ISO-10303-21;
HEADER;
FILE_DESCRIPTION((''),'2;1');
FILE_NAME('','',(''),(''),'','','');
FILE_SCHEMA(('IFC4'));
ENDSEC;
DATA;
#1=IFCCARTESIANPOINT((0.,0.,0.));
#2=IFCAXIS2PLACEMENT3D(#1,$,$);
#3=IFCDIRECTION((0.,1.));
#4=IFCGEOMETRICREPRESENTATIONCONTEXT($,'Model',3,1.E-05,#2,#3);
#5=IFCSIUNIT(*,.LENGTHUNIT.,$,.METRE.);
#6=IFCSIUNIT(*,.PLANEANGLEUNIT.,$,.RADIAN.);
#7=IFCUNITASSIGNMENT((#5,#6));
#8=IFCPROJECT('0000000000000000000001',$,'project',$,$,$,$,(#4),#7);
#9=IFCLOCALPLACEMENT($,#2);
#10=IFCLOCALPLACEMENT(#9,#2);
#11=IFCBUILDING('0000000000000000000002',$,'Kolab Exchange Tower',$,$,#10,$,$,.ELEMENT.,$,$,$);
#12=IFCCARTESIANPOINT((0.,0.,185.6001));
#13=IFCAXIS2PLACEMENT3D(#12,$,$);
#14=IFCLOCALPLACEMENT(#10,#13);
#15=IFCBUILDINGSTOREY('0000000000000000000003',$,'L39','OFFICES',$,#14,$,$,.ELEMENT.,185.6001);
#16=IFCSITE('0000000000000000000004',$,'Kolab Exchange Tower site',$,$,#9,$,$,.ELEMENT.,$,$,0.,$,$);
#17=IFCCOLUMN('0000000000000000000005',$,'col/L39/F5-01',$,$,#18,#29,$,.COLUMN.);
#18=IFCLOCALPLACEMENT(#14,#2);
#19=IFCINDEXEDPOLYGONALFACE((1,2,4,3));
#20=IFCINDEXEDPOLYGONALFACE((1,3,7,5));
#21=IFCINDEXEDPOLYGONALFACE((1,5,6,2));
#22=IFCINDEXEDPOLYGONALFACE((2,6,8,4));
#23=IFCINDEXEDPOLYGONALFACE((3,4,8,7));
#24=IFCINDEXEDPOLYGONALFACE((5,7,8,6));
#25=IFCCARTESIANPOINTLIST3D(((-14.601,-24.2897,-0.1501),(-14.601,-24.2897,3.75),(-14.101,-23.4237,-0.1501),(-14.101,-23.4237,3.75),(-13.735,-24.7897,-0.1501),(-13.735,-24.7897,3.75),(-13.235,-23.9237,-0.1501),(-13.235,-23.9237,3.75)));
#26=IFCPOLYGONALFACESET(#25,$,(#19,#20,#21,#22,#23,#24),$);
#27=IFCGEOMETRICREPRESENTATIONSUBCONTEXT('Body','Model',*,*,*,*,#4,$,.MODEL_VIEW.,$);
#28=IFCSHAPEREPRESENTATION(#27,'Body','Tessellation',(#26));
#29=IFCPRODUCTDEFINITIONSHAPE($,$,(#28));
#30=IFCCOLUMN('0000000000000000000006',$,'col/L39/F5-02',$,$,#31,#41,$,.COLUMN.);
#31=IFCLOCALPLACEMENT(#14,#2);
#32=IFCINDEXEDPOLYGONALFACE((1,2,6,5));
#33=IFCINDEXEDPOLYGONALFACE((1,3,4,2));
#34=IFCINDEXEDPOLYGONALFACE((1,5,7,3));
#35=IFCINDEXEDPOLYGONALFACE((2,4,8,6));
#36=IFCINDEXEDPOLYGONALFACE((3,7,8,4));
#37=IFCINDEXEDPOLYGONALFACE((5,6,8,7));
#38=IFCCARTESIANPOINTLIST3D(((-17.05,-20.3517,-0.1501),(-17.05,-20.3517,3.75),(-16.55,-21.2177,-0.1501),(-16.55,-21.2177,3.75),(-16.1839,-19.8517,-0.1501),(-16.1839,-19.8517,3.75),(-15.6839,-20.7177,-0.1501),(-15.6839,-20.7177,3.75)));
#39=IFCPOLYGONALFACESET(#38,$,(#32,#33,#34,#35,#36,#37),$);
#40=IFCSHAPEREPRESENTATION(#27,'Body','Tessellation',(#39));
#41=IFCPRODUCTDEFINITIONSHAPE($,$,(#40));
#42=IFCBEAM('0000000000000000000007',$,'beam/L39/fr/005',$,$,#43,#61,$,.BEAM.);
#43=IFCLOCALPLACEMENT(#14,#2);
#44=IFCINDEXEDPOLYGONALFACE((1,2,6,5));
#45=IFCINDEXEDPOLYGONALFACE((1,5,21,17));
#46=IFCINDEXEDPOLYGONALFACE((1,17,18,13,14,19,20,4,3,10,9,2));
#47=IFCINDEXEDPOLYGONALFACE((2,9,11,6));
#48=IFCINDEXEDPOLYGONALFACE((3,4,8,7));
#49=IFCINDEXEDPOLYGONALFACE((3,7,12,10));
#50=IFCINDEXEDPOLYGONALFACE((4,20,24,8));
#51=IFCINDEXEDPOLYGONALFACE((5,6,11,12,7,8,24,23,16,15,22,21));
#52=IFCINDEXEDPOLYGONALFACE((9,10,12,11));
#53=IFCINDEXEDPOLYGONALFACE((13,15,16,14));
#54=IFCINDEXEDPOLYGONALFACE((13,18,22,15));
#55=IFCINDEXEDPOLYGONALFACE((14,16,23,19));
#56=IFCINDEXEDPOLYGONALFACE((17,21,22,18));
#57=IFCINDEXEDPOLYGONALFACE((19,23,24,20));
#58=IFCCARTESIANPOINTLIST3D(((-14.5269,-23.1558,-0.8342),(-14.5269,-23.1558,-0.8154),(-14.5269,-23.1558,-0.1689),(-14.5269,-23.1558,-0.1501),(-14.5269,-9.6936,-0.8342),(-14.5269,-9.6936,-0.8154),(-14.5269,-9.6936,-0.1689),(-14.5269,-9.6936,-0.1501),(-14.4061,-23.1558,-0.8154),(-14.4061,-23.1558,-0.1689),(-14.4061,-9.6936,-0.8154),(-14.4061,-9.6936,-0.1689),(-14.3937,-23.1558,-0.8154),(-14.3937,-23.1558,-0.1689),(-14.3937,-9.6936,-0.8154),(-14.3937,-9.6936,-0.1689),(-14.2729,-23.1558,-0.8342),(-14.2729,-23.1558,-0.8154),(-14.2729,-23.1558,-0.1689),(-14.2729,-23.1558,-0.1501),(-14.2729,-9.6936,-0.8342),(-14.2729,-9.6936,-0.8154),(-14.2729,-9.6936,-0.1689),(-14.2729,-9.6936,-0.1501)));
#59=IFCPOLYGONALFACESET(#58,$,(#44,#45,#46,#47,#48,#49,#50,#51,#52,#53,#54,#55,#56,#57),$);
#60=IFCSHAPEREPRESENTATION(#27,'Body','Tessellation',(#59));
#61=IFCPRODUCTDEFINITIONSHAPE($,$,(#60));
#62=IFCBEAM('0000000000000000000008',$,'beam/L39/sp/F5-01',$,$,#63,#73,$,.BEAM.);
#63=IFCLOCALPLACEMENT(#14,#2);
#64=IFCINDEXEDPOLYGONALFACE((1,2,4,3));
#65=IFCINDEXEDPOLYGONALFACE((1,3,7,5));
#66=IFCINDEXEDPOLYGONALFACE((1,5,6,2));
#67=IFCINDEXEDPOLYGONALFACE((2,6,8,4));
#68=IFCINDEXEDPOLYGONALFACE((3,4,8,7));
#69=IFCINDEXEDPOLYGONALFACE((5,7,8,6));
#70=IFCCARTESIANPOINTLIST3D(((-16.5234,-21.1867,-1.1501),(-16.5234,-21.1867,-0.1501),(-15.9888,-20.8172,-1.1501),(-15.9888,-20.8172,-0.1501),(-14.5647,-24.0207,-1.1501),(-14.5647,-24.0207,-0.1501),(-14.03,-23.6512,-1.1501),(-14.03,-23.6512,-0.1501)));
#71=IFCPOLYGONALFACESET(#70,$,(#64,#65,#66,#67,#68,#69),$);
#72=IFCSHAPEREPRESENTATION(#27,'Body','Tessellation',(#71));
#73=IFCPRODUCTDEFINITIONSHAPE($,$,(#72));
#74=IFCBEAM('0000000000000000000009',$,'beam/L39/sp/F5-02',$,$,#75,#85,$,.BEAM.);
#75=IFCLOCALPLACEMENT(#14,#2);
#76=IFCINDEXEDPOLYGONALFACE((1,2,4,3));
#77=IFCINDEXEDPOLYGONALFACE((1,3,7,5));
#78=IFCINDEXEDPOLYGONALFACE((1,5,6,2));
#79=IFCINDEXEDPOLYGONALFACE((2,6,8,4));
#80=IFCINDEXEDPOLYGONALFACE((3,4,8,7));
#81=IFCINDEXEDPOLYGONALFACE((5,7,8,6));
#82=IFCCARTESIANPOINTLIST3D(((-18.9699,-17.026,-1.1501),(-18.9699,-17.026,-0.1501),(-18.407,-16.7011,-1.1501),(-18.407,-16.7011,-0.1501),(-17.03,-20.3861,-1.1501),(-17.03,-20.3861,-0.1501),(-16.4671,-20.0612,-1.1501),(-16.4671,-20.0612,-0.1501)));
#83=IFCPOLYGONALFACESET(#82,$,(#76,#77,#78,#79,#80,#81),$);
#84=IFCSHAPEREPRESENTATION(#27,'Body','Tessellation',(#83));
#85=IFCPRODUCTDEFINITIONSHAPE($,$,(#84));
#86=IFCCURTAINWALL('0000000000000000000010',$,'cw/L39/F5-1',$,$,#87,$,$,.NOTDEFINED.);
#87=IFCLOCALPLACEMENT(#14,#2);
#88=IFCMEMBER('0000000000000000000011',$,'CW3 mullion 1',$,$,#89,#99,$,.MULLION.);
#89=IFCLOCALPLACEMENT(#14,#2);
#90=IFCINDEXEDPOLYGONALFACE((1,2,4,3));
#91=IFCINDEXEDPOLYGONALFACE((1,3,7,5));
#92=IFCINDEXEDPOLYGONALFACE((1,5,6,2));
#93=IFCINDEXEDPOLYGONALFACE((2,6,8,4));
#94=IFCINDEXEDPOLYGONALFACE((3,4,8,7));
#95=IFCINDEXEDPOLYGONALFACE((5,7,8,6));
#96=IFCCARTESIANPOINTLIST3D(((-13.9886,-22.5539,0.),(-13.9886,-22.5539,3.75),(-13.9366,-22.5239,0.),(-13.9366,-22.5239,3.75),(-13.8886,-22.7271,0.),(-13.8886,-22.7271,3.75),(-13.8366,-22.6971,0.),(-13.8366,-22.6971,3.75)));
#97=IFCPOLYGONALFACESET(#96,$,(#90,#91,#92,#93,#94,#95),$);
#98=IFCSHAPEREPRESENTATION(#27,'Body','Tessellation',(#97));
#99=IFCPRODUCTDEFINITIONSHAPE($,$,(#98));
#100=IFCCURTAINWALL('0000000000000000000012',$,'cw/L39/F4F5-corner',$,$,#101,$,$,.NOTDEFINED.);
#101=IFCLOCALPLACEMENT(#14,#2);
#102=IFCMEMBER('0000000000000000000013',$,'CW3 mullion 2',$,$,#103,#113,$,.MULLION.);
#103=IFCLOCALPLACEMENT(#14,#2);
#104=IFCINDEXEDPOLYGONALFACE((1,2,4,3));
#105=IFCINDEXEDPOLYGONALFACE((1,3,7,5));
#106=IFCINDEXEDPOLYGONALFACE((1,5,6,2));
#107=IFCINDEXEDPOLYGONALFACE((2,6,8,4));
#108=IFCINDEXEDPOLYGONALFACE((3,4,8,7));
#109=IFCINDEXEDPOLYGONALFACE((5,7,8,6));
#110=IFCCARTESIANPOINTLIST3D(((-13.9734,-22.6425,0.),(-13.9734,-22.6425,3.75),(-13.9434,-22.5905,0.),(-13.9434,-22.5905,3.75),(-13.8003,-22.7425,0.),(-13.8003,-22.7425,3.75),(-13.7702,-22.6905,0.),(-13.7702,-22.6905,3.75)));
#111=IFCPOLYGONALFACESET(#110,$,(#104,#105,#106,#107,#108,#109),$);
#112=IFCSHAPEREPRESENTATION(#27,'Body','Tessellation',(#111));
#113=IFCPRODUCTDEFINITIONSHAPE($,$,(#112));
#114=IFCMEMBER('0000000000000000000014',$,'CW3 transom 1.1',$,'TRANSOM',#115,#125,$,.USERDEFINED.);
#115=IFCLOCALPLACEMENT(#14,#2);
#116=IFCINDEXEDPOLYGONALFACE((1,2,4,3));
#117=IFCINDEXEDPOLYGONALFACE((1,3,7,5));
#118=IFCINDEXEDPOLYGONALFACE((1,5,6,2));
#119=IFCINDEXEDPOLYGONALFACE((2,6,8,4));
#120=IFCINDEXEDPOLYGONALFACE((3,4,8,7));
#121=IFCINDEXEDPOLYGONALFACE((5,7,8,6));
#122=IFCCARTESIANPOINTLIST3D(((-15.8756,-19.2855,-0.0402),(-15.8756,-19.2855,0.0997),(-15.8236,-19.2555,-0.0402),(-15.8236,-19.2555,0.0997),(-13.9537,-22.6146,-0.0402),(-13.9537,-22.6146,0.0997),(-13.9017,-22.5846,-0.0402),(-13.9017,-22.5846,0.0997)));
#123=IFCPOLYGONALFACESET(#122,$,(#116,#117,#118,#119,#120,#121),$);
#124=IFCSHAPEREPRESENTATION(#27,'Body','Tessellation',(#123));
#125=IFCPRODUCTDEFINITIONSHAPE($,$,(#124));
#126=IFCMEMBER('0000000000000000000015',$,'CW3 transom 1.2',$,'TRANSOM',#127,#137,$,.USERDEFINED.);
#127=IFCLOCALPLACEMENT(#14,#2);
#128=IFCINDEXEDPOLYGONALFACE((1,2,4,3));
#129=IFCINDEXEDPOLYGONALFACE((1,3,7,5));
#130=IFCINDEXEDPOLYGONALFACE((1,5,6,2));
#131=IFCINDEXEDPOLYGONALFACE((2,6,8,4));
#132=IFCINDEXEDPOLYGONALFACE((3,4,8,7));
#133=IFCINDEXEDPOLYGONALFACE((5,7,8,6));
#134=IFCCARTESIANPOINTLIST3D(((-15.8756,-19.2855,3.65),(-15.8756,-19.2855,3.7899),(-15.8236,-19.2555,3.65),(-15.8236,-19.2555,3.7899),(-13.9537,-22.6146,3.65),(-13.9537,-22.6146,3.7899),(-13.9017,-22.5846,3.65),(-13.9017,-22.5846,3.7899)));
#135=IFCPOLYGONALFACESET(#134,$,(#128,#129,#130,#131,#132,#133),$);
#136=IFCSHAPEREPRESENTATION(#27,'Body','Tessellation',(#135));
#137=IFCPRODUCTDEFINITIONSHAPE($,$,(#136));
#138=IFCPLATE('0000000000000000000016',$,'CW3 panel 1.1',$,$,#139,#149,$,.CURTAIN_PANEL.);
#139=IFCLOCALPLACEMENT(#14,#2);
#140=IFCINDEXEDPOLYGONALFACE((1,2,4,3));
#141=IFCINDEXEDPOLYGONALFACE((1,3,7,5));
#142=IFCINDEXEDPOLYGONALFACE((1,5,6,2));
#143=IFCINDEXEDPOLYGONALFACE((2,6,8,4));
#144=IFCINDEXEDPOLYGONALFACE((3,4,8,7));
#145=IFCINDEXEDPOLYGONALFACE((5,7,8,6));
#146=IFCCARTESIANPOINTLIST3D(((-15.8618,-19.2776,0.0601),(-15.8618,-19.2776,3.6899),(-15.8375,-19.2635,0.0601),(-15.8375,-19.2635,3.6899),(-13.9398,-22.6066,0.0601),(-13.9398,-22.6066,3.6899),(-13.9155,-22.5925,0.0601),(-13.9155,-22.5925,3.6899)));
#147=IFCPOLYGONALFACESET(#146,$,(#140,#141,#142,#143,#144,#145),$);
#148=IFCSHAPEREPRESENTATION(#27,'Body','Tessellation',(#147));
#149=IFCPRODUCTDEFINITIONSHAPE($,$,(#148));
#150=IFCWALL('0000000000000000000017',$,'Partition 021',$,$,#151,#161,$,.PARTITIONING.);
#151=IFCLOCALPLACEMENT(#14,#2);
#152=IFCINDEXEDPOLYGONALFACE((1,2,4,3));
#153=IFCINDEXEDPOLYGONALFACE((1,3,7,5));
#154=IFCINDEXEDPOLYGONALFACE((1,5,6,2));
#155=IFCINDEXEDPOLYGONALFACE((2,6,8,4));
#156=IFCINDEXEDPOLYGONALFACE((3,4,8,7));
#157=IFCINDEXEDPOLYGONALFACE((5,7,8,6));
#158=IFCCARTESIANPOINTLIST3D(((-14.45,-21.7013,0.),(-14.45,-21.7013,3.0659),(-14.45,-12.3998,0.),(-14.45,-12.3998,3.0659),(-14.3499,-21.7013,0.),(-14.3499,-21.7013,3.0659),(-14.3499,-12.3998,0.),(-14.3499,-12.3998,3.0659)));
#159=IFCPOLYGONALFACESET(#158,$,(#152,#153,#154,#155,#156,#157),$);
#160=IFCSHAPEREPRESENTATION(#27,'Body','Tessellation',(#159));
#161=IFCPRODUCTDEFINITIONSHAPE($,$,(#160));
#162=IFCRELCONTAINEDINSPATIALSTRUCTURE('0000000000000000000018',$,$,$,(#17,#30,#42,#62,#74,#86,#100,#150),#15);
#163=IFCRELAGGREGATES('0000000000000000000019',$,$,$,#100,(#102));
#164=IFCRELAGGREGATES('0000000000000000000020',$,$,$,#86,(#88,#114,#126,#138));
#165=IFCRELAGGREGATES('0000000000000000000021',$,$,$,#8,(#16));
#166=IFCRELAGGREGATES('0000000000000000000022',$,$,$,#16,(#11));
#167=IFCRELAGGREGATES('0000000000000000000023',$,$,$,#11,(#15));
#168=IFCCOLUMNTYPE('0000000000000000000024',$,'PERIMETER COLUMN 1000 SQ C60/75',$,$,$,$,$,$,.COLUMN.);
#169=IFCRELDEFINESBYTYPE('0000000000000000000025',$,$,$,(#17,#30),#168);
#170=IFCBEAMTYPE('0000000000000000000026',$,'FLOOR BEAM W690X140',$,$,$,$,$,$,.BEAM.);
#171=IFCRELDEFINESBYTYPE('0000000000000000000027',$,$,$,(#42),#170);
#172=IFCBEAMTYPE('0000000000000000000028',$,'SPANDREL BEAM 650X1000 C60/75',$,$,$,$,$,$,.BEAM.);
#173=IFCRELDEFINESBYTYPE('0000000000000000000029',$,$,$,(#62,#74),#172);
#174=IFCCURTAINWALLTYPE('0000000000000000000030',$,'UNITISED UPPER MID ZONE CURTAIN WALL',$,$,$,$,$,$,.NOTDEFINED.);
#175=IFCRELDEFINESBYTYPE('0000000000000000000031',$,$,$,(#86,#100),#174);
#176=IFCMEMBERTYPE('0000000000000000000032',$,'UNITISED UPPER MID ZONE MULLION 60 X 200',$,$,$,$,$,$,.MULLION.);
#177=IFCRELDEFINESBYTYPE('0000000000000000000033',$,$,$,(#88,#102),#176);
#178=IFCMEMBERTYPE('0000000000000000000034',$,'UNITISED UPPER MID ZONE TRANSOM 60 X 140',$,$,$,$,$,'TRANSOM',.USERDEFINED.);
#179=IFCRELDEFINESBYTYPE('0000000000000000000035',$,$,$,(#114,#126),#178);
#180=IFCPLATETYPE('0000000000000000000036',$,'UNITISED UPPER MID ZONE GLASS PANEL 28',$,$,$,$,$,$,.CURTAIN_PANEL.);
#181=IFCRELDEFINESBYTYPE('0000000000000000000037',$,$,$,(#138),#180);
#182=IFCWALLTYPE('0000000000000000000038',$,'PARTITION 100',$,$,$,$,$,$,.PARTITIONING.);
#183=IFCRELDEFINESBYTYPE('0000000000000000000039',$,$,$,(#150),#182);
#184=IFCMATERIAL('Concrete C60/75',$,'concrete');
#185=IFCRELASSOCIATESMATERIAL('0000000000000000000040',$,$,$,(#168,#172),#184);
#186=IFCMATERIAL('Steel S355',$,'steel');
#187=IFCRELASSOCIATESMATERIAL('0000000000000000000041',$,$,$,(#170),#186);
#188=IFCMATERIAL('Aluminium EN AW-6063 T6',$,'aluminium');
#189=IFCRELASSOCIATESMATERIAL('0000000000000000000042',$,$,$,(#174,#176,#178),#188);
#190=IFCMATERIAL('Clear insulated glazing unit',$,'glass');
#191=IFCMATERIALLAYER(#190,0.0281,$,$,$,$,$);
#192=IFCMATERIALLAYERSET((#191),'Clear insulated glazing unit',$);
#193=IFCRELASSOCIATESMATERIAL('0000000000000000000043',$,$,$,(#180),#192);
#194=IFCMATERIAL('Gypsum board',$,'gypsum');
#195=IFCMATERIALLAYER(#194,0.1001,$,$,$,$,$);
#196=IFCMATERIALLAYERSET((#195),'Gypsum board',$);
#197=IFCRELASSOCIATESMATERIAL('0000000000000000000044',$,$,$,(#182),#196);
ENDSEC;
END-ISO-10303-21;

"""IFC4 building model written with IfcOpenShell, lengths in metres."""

from ifc_helpers import new_model, si_unit, direction, frame, frame_2d, origin, origin_2d, place, context, subcontext, project, spatial, rectangle, i_section, extrude, material, layer, layer_set, material_profile, profile_set, type_object, element, aggregate, save


model = new_model("IFC4")

# Units and contexts
model_context = context("Model", 3, precision=1e-05, world=origin(), true_north=direction((0.0, 1.0)))
body_context = subcontext(model_context, "Body", "Model", "MODEL_VIEW")
ifc_project = project(units=[si_unit("LENGTHUNIT", "METRE"), si_unit("PLANEANGLEUNIT", "RADIAN")], contexts=[model_context])

# Site, building, storey
site_placement = place(None, origin())
site = spatial("IfcSite", under=ifc_project, at=site_placement, Name="Kolab Exchange Tower site", CompositionType="ELEMENT", RefElevation=0.0)
building_placement = place(site_placement, origin())
building = spatial("IfcBuilding", under=site, at=building_placement, Name="Kolab Exchange Tower", CompositionType="ELEMENT")
storey_placement = place(building_placement, frame((0.0, 0.0, 185.6001)))
storey = spatial("IfcBuildingStorey", under=building, at=storey_placement, Name="L39", Description="OFFICES", CompositionType="ELEMENT", Elevation=185.6001)

# Columns
ifc_material_1 = material(Name="Concrete C60/75", Category="concrete")
ifc_material_profile_1 = material_profile(ifc_material_1, rectangle(XDim=1.0, YDim=1.0, at=origin_2d()), Name="RC1000")
ifc_profile_set_1 = profile_set([ifc_material_profile_1], Name="Concrete C60/75")
column_type = type_object("IfcColumnType", Name="PERIMETER COLUMN 1000 SQ C60/75", PredefinedType="COLUMN", material=ifc_profile_set_1)
for number, where, z_axis, x_axis, name in (
    (1, (-13.918, -24.1067, -0.1501), (0.0, 0.0, 1.0), (0.5, 0.866025, 0.0), "col/L39/F5-01"),
    (2, (-16.3669, -20.5347, -0.1501), (0.0, 0.0, 1.0), (0.866025, 0.5, 0.0), "col/L39/F5-02"),
):
    element("IfcColumn", number, at=place(storey_placement, frame(where, z_axis=z_axis, x_axis=x_axis)), inside=storey, type_object=column_type, Name=name, PredefinedType="COLUMN", context=body_context, shape_type="SweptSolid", body=[
        extrude(rectangle(XDim=1.0, YDim=1.0, at=origin_2d()), origin(), (0.0, 0.0, 1.0), 3.9001),
    ])

# Beams
ifc_material_2 = material(Name="Steel S355", Category="steel")
ifc_material_profile_2 = material_profile(ifc_material_2, i_section(OverallWidth=0.2539, OverallDepth=0.6841, WebThickness=0.0125, FlangeThickness=0.0188, at=origin_2d()), Name="W690X140")
ifc_profile_set_2 = profile_set([ifc_material_profile_2], Name="Steel S355")
beam_type_1 = type_object("IfcBeamType", Name="FLOOR BEAM W690X140", PredefinedType="BEAM", material=ifc_profile_set_2)
beam_1_placement = place(storey_placement, frame((-14.3999, -23.1558, -0.4922), z_axis=(0.0, 1.0, 0.0), x_axis=(-1.0, 0.0, 0.0)))
element("IfcBeam", 3, at=beam_1_placement, inside=storey, type_object=beam_type_1, Name="beam/L39/fr/005", PredefinedType="BEAM", context=body_context, shape_type="SweptSolid", body=[
    extrude(i_section(OverallWidth=0.2539, OverallDepth=0.6841, WebThickness=0.0125, FlangeThickness=0.0188, at=origin_2d()), origin(), (0.0, 0.0, 1.0), 13.4622),
])
ifc_material_profile_3 = material_profile(ifc_material_1, rectangle(XDim=0.6499, YDim=1.0, at=origin_2d()), Name="RC650X1000")
ifc_profile_set_3 = profile_set([ifc_material_profile_3], Name="Concrete C60/75")
beam_type_2 = type_object("IfcBeamType", Name="SPANDREL BEAM 650X1000 C60/75", PredefinedType="BEAM", material=ifc_profile_set_3)
beam_2_placement = place(storey_placement, frame((-14.2974, -23.8359, -0.6501), z_axis=(-0.568572, 0.822633, 0.0), x_axis=(-0.822633, -0.568572, 0.0)))
element("IfcBeam", 4, at=beam_2_placement, inside=storey, type_object=beam_type_2, Name="beam/L39/sp/F5-01", PredefinedType="BEAM", context=body_context, shape_type="SweptSolid", body=[
    extrude(rectangle(XDim=0.6499, YDim=1.0, at=origin_2d()), origin(), (0.0, 0.0, 1.0), 3.4451),
])
beam_3_placement = place(storey_placement, frame((-16.7485, -20.2236, -0.6501), z_axis=(-0.499997, 0.866027, 0.0), x_axis=(-0.866027, -0.499997, 0.0)))
element("IfcBeam", 5, at=beam_3_placement, inside=storey, type_object=beam_type_2, Name="beam/L39/sp/F5-02", PredefinedType="BEAM", context=body_context, shape_type="SweptSolid", body=[
    extrude(rectangle(XDim=0.6499, YDim=1.0, at=origin_2d()), origin(), (0.0, 0.0, 1.0), 3.8799),
])

# Curtain walls, members
ifc_material_3 = material(Name="Aluminium EN AW-6063 T6", Category="aluminium")
curtain_wall_type = type_object("IfcCurtainWallType", Name="UNITISED UPPER MID ZONE CURTAIN WALL", PredefinedType="NOTDEFINED", material=ifc_material_3)
curtain_wall_1_placement = place(storey_placement, origin())
curtain_wall_1 = element("IfcCurtainWall", 6, at=curtain_wall_1_placement, inside=storey, type_object=curtain_wall_type, Name="cw/L39/F5-1", PredefinedType="NOTDEFINED")
ifc_material_profile_4 = material_profile(ifc_material_3, rectangle(XDim=0.0601, YDim=0.2, at=origin_2d()), Name="RECT 60X200")
ifc_profile_set_4 = profile_set([ifc_material_profile_4], Name="Aluminium EN AW-6063 T6")
member_type_1 = type_object("IfcMemberType", Name="UNITISED UPPER MID ZONE MULLION 60 X 200", PredefinedType="MULLION", material=ifc_profile_set_4)
member_1_placement = place(storey_placement, frame((-13.9126, -22.6255, 0.0), z_axis=(0.0, 0.0, 1.0), x_axis=(-0.866025, -0.5, 0.0)))
member_1 = element("IfcMember", 7, at=member_1_placement, type_object=member_type_1, Name="CW3 mullion 1", PredefinedType="MULLION", context=body_context, shape_type="SweptSolid", body=[
    extrude(rectangle(XDim=0.0601, YDim=0.2, at=origin_2d()), origin(), (0.0, 0.0, 1.0), 3.75),
])
curtain_wall_2_placement = place(storey_placement, origin())
curtain_wall_2 = element("IfcCurtainWall", 8, at=curtain_wall_2_placement, inside=storey, type_object=curtain_wall_type, Name="cw/L39/F4F5-corner", PredefinedType="NOTDEFINED")
member_2_placement = place(storey_placement, frame((-13.8718, -22.6665, 0.0), z_axis=(0.0, 0.0, 1.0), x_axis=(-0.5, -0.866025, 0.0)))
member_2 = element("IfcMember", 9, at=member_2_placement, type_object=member_type_1, Name="CW3 mullion 2", PredefinedType="MULLION", context=body_context, shape_type="SweptSolid", body=[
    extrude(rectangle(XDim=0.0601, YDim=0.2, at=origin_2d()), origin(), (0.0, 0.0, 1.0), 3.75),
])
aggregate(curtain_wall_2, [member_2])

# Members
ifc_material_profile_5 = material_profile(ifc_material_3, rectangle(XDim=0.0601, YDim=0.1399, at=origin_2d()), Name="RECT 60X140")
ifc_profile_set_5 = profile_set([ifc_material_profile_5], Name="Aluminium EN AW-6063 T6")
member_type_2 = type_object("IfcMemberType", Name="UNITISED UPPER MID ZONE TRANSOM 60 X 140", ElementType="TRANSOM", PredefinedType="USERDEFINED", material=ifc_profile_set_5)
member_3_placement = place(storey_placement, frame((-13.9277, -22.5996, 0.0298), z_axis=(-0.499964, 0.866046, 0.0), x_axis=(-0.866046, -0.499964, 0.0)))
member_3 = element("IfcMember", 10, at=member_3_placement, type_object=member_type_2, Name="CW3 transom 1.1", ObjectType="TRANSOM", PredefinedType="USERDEFINED", context=body_context, shape_type="SweptSolid", body=[
    extrude(rectangle(XDim=0.0601, YDim=0.1399, at=origin_2d()), origin(), (0.0, 0.0, 1.0), 3.844),
])
member_4_placement = place(storey_placement, frame((-13.9277, -22.5996, 3.72), z_axis=(-0.499964, 0.866046, 0.0), x_axis=(-0.866046, -0.499964, 0.0)))
member_4 = element("IfcMember", 11, at=member_4_placement, type_object=member_type_2, Name="CW3 transom 1.2", ObjectType="TRANSOM", PredefinedType="USERDEFINED", context=body_context, shape_type="SweptSolid", body=[
    extrude(rectangle(XDim=0.0601, YDim=0.1399, at=origin_2d()), origin(), (0.0, 0.0, 1.0), 3.844),
])

# Plate
ifc_material_4 = material(Name="Clear insulated glazing unit", Category="glass")
ifc_layer_1 = layer(ifc_material_4, 0.0281)
ifc_layer_set_1 = layer_set([ifc_layer_1], Name="Clear insulated glazing unit")
plate_type = type_object("IfcPlateType", Name="UNITISED UPPER MID ZONE GLASS PANEL 28", PredefinedType="CURTAIN_PANEL", material=ifc_layer_set_1)
plate_placement = place(storey_placement, frame((-14.8887, -20.9351, 0.0601), z_axis=(0.0, 0.0, 1.0), x_axis=(-0.5, 0.866025, 0.0)))
plate = element("IfcPlate", 12, at=plate_placement, type_object=plate_type, Name="CW3 panel 1.1", PredefinedType="CURTAIN_PANEL", context=body_context, shape_type="SweptSolid", body=[
    extrude(rectangle(XDim=3.844, YDim=0.0281, at=origin_2d()), origin(), (0.0, 0.0, 1.0), 3.6299),
])
aggregate(curtain_wall_1, [member_1, member_3, member_4, plate])

# Wall
ifc_material_5 = material(Name="Gypsum board", Category="gypsum")
ifc_layer_2 = layer(ifc_material_5, 0.1001)
ifc_layer_set_2 = layer_set([ifc_layer_2], Name="Gypsum board")
wall_type = type_object("IfcWallType", Name="PARTITION 100", PredefinedType="PARTITIONING", material=ifc_layer_set_2)
wall_placement = place(storey_placement, frame((-14.3999, -21.7014, 0.0), z_axis=(0.0, 0.0, 1.0), x_axis=(0.0, 1.0, 0.0)))
element("IfcWall", 13, at=wall_placement, inside=storey, type_object=wall_type, Name="Partition 021", PredefinedType="PARTITIONING", context=body_context, shape_type="SweptSolid", body=[
    extrude(rectangle(XDim=9.3015, YDim=0.1001, at=frame_2d((4.6509, 0.0))), origin(), (0.0, 0.0, 1.0), 3.0659),
])

save(model, "model.ifc")
